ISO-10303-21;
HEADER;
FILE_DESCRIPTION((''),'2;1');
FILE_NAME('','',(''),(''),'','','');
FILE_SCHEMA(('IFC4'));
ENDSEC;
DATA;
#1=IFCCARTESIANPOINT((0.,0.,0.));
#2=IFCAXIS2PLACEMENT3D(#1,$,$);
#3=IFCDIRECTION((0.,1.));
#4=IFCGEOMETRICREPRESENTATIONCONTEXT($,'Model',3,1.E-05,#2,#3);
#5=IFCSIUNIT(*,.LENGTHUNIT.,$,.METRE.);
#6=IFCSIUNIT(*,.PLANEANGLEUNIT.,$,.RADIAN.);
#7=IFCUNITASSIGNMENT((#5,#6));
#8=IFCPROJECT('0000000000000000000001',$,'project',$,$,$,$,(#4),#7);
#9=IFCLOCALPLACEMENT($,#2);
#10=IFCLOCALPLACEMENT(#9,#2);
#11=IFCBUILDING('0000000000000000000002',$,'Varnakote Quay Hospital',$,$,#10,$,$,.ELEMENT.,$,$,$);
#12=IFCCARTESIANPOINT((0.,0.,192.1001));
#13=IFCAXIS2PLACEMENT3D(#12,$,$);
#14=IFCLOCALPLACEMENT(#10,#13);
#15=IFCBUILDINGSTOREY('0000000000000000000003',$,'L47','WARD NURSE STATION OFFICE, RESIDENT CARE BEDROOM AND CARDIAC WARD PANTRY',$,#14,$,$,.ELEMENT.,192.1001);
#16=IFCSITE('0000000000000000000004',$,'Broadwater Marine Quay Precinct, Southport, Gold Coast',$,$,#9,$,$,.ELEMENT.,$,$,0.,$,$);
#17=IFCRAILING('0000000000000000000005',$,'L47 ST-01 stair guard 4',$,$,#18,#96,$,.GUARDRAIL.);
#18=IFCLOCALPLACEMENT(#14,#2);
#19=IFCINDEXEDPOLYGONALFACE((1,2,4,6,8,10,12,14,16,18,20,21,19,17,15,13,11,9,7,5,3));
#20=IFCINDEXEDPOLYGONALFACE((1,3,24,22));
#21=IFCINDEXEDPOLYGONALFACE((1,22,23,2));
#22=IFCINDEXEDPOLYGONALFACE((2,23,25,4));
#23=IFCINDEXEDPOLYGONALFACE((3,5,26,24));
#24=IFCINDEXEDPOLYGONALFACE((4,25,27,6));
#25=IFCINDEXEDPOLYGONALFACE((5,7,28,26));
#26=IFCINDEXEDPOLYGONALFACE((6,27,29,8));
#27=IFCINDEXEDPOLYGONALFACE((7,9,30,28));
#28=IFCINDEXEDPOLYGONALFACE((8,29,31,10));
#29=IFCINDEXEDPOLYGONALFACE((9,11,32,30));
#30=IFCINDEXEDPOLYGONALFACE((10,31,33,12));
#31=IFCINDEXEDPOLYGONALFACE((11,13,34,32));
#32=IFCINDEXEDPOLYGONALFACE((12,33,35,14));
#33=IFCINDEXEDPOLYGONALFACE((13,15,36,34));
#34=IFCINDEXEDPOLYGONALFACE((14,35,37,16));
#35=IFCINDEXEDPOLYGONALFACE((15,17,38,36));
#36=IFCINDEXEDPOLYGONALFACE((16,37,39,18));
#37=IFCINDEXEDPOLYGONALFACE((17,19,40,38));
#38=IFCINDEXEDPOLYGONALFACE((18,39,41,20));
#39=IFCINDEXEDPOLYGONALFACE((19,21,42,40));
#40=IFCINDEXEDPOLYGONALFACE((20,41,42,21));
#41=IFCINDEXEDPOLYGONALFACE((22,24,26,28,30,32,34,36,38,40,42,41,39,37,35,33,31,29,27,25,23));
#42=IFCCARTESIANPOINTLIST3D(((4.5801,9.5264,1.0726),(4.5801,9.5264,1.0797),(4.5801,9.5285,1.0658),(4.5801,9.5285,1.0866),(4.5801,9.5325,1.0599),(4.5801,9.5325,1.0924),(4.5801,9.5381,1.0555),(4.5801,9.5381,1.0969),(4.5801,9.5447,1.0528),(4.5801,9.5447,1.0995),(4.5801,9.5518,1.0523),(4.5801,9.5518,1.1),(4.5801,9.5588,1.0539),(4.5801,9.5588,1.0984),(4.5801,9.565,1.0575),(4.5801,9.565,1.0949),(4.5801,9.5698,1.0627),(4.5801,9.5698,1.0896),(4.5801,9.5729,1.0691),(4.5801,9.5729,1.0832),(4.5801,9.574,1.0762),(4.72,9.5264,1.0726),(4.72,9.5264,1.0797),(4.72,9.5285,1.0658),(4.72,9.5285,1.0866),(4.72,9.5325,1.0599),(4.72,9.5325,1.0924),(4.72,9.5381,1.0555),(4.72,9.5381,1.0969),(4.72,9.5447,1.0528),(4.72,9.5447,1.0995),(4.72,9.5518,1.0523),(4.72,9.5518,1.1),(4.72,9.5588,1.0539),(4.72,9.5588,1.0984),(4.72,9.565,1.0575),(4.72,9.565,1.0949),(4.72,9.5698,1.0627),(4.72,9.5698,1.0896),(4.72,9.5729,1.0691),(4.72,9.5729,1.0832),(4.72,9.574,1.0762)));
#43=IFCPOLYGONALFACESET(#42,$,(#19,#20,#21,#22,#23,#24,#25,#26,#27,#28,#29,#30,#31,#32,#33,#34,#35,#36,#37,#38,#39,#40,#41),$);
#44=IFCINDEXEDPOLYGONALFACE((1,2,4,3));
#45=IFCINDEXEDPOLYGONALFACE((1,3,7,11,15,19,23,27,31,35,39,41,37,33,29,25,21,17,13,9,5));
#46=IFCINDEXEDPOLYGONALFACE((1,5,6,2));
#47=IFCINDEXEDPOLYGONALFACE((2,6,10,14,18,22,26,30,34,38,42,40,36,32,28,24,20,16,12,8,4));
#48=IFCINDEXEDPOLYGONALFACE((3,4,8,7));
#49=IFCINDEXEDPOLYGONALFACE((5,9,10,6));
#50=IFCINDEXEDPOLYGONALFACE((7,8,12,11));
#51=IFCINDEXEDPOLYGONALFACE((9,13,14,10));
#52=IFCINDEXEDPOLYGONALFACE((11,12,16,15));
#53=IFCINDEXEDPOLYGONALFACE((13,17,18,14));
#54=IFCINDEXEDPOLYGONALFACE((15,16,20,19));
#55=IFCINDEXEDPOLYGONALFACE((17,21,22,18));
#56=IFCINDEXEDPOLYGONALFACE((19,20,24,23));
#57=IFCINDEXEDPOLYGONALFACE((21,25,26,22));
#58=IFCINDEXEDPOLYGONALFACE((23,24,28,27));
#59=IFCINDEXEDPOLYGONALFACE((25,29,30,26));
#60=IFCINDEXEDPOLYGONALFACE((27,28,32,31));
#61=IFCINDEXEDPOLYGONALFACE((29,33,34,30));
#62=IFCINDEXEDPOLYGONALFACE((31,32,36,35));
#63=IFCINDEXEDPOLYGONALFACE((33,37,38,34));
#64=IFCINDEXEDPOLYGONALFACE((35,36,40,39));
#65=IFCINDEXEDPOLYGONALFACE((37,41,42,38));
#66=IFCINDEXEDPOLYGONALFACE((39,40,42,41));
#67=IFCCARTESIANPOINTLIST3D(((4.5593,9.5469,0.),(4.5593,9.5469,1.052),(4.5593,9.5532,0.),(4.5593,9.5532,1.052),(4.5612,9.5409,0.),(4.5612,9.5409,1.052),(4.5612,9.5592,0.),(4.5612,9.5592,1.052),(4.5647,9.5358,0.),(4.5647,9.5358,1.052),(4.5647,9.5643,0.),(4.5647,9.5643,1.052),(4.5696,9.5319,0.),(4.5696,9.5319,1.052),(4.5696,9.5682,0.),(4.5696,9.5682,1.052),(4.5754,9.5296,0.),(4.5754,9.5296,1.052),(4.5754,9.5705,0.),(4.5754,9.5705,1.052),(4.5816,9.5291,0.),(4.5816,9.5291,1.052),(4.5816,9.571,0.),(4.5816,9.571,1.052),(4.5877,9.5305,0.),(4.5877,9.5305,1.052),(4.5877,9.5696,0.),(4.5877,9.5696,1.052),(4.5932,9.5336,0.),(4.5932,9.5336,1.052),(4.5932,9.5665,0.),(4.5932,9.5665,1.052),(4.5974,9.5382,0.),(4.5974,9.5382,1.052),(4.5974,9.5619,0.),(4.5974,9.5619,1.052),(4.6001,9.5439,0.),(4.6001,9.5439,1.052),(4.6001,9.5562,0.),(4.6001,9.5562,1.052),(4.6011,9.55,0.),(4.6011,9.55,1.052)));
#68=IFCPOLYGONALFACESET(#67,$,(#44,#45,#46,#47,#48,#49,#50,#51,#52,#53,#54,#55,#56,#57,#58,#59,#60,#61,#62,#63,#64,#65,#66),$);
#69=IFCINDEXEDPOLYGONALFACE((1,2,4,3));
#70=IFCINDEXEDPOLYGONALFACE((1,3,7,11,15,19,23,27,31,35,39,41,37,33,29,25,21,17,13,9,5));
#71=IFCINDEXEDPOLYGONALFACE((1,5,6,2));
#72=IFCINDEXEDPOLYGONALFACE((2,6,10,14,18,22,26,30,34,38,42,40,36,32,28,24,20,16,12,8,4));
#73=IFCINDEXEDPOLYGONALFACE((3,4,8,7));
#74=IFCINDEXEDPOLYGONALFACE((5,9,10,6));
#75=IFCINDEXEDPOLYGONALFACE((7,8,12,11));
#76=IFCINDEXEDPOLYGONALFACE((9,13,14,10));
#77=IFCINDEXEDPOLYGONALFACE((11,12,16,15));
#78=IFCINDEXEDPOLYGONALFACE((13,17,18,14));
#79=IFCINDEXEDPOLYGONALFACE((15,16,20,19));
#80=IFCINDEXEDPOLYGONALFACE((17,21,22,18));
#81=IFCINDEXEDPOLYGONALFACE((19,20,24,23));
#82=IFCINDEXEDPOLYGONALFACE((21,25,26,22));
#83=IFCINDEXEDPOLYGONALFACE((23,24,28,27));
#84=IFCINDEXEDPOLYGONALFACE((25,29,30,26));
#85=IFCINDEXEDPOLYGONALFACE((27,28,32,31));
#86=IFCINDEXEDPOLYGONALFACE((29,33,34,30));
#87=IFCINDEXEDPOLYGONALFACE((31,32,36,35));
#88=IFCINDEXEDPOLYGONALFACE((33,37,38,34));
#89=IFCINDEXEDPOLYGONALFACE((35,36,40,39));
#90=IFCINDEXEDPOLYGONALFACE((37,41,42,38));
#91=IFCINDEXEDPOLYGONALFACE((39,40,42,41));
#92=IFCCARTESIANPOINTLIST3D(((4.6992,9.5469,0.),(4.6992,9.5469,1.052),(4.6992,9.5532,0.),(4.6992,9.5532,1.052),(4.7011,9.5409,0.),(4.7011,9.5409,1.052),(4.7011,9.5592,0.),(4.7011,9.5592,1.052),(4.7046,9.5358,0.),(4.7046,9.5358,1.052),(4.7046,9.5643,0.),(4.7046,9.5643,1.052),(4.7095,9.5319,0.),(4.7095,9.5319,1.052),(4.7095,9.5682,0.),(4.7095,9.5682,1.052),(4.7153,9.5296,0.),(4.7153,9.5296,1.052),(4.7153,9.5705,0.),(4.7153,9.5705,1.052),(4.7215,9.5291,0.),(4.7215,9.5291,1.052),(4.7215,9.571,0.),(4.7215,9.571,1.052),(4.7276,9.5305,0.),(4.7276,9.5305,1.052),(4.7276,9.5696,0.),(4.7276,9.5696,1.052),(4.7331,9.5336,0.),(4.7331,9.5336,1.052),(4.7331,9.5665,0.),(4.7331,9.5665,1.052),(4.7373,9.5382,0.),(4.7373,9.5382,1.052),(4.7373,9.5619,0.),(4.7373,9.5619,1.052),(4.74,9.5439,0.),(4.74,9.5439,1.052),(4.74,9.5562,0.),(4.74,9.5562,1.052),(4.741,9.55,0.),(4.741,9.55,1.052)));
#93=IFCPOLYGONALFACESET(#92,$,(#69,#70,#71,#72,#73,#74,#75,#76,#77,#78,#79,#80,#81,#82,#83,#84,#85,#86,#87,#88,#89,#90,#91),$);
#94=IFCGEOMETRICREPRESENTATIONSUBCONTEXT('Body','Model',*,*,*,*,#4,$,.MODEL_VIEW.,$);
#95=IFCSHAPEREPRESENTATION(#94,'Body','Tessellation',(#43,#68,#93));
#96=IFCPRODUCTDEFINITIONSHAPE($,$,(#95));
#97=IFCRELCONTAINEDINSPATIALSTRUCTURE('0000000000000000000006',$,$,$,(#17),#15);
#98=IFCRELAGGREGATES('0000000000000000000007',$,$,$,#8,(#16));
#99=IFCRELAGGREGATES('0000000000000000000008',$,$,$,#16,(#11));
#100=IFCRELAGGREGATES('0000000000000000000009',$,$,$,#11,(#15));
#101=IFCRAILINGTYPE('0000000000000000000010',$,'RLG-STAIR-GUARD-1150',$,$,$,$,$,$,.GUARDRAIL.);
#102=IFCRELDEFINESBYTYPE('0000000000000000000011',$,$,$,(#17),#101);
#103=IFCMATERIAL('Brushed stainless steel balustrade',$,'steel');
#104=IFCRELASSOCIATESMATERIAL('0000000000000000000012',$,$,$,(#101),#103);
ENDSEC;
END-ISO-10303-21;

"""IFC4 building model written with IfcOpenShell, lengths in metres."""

from ifc_helpers import new_model, si_unit, direction, frame, origin, origin_2d, place, context, subcontext, project, spatial, circle, extrude, material, type_object, element, save


model = new_model("IFC4")

# Units and contexts
model_context = context("Model", 3, precision=1e-05, world=origin(), true_north=direction((0.0, 1.0)))
body_context = subcontext(model_context, "Body", "Model", "MODEL_VIEW")
ifc_project = project(units=[si_unit("LENGTHUNIT", "METRE"), si_unit("PLANEANGLEUNIT", "RADIAN")], contexts=[model_context])

# Site, building, storey
site_placement = place(None, origin())
site = spatial("IfcSite", under=ifc_project, at=site_placement, Name="Broadwater Marine Quay Precinct, Southport, Gold Coast", CompositionType="ELEMENT", RefElevation=0.0)
building_placement = place(site_placement, origin())
building = spatial("IfcBuilding", under=site, at=building_placement, Name="Varnakote Quay Hospital", CompositionType="ELEMENT")
storey_placement = place(building_placement, frame((0.0, 0.0, 192.1001)))
storey = spatial("IfcBuildingStorey", under=building, at=storey_placement, Name="L47", Description="WARD NURSE STATION OFFICE, RESIDENT CARE BEDROOM AND CARDIAC WARD PANTRY", CompositionType="ELEMENT", Elevation=192.1001)

# Railing
ifc_material_1 = material(Name="Brushed stainless steel balustrade", Category="steel")
railing_type_1 = type_object("IfcRailingType", Name="RLG-STAIR-GUARD-1150", PredefinedType="GUARDRAIL", material=ifc_material_1)
railing_1_placement = place(storey_placement, frame((4.5801, 9.55, 0.0)))
element("IfcRailing", 1, at=railing_1_placement, inside=storey, type_object=railing_type_1, Name="L47 ST-01 stair guard 4", PredefinedType="GUARDRAIL", context=body_context, shape_type="SweptSolid", body=[
    extrude(circle(Radius=0.0239, at=origin_2d()), frame((0.0, 0.0, 1.0762), z_axis=(1.0, 0.0, 0.0), x_axis=(0.0, 1.0, 0.0)), (0.0, 0.0, 1.0), 0.1399),
    extrude(circle(Radius=0.021, at=origin_2d()), origin(), (0.0, 0.0, 1.0), 1.052),
    extrude(circle(Radius=0.021, at=origin_2d()), frame((0.1399, 0.0, 0.0)), (0.0, 0.0, 1.0), 1.052),
])

save(model, "model.ifc")
